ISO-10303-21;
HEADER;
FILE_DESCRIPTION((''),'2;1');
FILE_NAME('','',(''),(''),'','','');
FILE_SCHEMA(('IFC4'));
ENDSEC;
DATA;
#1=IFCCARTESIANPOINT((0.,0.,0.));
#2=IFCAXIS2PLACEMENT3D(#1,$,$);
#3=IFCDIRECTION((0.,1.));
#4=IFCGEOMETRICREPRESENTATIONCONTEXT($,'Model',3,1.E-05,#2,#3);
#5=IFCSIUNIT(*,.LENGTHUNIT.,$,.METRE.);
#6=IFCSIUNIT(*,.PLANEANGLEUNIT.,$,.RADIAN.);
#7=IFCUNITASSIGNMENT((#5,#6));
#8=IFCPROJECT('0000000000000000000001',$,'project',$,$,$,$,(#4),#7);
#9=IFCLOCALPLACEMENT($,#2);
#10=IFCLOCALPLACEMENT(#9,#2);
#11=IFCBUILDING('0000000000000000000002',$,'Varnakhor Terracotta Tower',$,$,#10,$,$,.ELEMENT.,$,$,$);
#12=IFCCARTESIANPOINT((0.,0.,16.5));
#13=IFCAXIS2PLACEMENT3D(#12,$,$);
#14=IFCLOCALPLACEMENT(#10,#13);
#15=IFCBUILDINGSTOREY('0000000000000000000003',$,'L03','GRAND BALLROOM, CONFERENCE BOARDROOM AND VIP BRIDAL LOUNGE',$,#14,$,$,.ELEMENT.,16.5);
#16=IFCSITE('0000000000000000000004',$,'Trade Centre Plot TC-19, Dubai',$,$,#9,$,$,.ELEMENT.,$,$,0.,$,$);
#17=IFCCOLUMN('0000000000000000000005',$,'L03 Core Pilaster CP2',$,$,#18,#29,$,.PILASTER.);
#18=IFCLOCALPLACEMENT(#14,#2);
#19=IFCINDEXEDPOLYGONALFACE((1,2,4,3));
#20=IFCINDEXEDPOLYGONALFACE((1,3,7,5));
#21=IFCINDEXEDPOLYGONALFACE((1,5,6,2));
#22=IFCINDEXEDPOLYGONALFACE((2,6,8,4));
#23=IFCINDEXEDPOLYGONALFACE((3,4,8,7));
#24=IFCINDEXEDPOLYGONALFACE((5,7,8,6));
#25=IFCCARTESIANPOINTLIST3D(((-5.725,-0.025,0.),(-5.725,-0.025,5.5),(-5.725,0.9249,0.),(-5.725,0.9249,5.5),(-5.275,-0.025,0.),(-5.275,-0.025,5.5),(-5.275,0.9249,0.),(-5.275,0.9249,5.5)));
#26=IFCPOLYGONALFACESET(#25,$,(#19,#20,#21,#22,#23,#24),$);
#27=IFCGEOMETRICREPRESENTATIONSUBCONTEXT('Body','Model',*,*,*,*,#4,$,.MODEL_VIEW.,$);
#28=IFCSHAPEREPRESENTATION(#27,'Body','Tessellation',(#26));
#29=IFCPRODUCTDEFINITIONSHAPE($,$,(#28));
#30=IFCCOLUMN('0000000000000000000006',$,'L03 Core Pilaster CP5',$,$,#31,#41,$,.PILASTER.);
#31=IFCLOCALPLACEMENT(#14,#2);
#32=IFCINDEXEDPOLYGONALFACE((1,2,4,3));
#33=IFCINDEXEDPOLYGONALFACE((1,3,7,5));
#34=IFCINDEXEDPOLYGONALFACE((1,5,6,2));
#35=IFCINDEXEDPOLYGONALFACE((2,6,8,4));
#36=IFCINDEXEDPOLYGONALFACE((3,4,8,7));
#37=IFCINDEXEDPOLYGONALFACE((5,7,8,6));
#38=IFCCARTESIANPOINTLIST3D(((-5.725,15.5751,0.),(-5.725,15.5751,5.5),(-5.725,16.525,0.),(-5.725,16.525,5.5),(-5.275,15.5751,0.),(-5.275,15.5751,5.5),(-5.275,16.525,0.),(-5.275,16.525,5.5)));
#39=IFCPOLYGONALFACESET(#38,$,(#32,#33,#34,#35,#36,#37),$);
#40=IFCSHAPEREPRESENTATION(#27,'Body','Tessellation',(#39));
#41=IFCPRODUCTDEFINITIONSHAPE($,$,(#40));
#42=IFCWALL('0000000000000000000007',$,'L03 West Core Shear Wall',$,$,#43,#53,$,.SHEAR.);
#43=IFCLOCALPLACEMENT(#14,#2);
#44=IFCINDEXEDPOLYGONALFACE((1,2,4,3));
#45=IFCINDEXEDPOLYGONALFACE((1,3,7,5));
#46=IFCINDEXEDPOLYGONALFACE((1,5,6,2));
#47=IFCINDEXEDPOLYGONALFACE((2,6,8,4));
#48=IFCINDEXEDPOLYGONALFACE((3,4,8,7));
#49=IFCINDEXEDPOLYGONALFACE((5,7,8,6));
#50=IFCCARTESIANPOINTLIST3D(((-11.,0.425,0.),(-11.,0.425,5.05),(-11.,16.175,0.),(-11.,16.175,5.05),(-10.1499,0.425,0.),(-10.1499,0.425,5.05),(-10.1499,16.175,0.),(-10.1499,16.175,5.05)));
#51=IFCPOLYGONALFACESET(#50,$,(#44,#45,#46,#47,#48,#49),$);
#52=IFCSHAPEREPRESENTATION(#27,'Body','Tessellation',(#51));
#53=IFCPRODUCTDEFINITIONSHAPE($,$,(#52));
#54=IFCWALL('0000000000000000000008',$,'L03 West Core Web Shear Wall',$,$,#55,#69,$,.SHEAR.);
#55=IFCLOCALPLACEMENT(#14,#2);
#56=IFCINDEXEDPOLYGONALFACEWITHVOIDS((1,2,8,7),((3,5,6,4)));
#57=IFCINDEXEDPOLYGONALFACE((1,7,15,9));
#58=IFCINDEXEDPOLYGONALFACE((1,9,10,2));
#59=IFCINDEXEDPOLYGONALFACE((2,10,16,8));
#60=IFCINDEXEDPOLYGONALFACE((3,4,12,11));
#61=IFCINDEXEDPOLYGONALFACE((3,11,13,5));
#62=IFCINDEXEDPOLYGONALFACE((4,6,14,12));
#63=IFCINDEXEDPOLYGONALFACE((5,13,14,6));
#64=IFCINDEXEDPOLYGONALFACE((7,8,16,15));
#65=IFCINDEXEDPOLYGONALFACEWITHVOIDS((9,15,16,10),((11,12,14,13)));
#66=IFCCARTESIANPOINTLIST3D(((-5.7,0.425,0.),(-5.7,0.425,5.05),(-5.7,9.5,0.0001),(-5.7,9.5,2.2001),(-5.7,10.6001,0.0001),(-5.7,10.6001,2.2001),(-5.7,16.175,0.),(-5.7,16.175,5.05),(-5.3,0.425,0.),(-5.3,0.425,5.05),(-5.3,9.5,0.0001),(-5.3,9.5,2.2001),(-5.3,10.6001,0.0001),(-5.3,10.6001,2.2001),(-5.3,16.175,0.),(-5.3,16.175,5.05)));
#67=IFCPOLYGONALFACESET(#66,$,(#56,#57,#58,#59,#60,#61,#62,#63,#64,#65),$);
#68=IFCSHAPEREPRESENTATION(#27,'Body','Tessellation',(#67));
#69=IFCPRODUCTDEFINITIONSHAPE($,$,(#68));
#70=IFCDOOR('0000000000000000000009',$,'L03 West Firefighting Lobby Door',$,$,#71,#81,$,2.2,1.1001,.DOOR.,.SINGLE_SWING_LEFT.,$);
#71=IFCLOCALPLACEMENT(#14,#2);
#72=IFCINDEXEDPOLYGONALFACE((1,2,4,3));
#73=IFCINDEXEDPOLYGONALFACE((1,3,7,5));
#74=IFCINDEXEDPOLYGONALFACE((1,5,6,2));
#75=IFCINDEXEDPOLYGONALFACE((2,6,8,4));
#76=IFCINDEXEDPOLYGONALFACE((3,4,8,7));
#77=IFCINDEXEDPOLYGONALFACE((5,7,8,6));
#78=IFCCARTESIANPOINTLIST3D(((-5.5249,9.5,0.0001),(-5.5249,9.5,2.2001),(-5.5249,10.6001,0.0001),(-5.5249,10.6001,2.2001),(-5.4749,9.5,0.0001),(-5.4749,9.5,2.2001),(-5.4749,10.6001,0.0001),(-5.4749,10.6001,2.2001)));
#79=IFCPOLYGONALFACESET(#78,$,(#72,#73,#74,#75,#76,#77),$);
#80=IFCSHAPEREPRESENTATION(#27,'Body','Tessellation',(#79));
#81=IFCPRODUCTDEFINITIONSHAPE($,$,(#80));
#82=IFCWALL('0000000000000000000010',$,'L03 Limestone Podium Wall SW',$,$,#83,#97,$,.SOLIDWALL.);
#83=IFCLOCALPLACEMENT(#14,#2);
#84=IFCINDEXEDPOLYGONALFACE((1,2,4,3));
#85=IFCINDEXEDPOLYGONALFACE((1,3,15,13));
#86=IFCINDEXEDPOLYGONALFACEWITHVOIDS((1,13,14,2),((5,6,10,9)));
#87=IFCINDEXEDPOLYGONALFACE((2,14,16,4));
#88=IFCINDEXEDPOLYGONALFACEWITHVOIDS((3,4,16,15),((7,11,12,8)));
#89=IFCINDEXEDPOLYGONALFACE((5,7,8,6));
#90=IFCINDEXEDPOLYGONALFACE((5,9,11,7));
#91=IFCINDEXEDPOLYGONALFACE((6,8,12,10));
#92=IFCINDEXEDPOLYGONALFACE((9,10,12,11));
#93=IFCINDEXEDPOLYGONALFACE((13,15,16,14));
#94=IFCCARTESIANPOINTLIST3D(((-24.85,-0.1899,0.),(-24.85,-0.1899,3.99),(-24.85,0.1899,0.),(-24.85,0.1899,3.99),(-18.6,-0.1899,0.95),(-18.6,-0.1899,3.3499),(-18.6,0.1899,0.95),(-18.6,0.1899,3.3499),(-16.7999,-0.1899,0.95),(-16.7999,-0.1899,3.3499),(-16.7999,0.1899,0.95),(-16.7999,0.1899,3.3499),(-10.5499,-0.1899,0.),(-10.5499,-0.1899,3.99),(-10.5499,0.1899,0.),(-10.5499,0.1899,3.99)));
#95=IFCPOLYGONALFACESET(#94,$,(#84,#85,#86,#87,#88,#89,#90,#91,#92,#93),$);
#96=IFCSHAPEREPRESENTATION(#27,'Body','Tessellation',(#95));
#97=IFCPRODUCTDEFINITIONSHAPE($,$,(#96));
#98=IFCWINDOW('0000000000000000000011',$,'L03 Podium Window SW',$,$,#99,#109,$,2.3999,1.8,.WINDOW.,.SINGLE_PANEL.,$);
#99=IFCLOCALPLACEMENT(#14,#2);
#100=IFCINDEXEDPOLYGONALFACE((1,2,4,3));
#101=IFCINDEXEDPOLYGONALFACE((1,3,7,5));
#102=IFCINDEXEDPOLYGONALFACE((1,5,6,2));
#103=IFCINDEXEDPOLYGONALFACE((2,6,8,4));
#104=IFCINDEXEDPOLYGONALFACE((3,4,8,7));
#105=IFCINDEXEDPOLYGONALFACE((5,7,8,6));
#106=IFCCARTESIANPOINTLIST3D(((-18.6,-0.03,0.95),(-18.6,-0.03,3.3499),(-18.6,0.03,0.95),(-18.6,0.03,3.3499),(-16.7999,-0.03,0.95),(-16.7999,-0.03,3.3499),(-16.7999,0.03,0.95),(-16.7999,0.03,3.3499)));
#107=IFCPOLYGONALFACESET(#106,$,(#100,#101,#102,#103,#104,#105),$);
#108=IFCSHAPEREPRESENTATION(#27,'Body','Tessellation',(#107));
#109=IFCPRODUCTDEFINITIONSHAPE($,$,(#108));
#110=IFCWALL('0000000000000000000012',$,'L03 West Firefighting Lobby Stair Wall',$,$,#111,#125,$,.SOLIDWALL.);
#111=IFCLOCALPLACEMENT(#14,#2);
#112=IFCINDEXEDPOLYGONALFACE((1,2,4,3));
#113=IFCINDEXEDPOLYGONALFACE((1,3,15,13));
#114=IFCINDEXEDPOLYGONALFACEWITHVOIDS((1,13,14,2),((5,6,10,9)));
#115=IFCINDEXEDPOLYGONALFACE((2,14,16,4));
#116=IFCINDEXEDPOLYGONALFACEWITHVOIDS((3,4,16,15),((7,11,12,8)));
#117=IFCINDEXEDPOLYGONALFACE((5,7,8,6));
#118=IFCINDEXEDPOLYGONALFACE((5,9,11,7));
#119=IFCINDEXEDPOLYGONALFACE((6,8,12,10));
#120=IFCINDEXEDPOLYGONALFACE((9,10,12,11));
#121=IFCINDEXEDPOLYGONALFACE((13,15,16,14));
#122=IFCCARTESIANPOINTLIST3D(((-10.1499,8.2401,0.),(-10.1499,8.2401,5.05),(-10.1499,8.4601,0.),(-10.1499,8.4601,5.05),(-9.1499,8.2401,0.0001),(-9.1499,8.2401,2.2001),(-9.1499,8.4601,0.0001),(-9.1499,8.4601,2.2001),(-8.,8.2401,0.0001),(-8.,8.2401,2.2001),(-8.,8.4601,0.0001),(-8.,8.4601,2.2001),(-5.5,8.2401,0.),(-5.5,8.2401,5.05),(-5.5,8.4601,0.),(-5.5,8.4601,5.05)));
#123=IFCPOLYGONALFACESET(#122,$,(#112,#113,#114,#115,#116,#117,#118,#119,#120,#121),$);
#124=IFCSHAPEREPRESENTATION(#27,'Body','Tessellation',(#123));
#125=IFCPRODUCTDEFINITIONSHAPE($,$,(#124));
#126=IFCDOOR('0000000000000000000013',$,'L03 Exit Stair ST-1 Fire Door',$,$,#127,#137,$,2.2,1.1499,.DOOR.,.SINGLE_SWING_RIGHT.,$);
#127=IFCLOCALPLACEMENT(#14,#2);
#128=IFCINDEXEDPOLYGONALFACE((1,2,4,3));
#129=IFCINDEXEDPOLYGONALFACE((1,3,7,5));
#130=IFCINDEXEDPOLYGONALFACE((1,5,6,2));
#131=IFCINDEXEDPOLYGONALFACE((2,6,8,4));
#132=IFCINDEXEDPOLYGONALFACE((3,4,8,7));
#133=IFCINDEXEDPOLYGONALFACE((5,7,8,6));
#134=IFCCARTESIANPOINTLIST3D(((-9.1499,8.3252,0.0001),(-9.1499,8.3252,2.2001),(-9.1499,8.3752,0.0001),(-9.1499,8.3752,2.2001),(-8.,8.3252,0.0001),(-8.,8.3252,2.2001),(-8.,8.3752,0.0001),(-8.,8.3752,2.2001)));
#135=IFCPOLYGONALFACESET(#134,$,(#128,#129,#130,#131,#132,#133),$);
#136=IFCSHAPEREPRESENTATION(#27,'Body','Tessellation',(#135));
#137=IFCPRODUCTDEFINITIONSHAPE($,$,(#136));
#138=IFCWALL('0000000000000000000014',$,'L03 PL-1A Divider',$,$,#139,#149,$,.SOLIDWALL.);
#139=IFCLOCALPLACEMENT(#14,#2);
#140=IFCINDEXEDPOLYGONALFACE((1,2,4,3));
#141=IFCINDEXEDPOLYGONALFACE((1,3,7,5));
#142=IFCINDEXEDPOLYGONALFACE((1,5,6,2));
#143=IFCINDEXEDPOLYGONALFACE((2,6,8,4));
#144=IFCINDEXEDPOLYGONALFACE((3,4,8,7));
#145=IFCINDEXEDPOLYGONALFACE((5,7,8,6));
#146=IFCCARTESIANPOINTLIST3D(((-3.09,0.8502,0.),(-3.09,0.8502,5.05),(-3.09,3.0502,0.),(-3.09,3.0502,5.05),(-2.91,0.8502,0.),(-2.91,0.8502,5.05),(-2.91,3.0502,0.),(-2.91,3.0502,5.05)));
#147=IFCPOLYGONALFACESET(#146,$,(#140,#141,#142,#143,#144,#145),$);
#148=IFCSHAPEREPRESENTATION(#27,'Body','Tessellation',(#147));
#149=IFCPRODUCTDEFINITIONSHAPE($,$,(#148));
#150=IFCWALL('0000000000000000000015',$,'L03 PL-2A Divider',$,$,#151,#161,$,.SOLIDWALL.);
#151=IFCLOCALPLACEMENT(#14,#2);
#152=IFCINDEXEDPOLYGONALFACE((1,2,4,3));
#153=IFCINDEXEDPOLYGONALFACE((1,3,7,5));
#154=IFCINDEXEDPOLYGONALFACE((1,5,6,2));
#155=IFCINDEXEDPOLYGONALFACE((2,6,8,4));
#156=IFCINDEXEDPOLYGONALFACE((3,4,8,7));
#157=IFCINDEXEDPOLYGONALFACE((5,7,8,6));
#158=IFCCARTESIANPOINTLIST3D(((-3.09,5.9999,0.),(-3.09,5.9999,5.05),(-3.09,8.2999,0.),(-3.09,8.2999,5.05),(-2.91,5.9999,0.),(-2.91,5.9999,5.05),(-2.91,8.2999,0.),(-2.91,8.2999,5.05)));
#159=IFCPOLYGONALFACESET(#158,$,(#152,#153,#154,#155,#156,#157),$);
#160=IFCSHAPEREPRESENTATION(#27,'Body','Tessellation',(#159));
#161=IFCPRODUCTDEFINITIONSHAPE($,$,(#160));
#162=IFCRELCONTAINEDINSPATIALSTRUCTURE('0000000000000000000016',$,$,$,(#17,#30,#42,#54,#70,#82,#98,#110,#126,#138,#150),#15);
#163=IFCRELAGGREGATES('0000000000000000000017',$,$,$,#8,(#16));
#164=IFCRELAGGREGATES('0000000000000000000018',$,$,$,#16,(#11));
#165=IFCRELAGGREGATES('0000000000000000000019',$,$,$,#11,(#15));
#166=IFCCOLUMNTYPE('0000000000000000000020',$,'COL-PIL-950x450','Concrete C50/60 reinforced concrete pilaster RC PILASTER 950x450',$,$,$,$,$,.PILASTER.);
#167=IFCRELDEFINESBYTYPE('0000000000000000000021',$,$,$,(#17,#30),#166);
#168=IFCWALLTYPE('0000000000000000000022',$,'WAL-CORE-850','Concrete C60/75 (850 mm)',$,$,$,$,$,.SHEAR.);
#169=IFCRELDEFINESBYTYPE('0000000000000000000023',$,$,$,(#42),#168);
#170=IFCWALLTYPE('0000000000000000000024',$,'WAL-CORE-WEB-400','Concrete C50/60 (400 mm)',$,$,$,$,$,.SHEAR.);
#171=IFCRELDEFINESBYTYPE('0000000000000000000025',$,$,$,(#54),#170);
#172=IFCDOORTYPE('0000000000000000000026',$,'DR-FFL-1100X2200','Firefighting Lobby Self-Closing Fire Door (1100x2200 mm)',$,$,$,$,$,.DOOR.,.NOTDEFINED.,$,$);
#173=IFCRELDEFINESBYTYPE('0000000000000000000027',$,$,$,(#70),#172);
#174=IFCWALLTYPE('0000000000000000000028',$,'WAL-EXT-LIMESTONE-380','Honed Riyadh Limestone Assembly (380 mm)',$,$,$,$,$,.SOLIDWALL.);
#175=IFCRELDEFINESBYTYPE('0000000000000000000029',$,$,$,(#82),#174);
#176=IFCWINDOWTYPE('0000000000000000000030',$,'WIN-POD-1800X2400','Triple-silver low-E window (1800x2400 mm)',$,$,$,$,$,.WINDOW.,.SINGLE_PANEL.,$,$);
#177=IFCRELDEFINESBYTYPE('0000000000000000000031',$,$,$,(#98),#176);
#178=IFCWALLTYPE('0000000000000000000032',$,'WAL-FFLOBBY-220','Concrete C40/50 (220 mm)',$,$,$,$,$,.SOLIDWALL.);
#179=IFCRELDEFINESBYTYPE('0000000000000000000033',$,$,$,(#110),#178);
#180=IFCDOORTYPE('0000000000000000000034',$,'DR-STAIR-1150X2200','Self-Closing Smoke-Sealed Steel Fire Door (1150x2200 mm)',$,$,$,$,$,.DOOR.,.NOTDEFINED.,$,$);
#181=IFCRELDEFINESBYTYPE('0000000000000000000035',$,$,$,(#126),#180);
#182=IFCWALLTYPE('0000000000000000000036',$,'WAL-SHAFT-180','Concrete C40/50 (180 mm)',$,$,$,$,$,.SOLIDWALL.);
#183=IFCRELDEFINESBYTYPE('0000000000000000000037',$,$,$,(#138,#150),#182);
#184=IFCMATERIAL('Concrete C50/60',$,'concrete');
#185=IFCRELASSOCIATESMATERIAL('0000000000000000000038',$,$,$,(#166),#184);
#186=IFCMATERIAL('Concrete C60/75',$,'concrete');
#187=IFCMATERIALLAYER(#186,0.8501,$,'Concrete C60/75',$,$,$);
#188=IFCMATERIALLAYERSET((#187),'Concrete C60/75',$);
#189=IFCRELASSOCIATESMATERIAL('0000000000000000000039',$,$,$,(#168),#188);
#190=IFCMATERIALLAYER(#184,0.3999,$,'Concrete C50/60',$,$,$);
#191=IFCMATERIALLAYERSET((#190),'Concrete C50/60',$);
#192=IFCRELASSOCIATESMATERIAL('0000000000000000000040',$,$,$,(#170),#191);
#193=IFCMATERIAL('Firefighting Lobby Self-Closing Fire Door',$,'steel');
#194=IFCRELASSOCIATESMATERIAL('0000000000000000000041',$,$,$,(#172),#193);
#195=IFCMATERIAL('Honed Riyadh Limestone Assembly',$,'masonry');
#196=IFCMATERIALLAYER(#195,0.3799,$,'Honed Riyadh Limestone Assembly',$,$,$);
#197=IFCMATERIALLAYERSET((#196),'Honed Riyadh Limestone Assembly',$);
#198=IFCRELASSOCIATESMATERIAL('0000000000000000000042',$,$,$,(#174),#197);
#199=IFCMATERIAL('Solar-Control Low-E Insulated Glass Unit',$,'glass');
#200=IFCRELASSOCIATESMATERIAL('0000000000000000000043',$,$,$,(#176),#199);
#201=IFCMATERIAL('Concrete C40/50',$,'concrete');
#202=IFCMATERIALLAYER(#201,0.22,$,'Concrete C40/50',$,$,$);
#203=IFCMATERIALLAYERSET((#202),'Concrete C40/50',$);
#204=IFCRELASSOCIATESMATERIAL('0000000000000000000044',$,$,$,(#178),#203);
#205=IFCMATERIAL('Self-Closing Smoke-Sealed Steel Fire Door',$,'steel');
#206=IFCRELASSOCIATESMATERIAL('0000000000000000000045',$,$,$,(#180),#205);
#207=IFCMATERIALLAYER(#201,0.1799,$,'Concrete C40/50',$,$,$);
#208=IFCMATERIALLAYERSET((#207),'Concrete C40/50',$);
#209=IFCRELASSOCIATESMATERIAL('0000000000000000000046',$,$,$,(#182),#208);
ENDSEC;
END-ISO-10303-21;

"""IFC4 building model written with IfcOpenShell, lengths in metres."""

from ifc_helpers import new_model, si_unit, direction, frame, frame_2d, origin, origin_2d, place, context, subcontext, project, spatial, rectangle, extrude, source, transform, mapped, material, layer, layer_set, material_profile, profile_set, type_object, type_shapes, element, fill, save


model = new_model("IFC4")

# Units and contexts
model_context = context("Model", 3, precision=1e-05, world=origin(), true_north=direction((0.0, 1.0)))
body_context = subcontext(model_context, "Body", "Model", "MODEL_VIEW")
ifc_project = project(units=[si_unit("LENGTHUNIT", "METRE"), si_unit("PLANEANGLEUNIT", "RADIAN")], contexts=[model_context])

# Site, building, storey
site_placement = place(None, origin())
site = spatial("IfcSite", under=ifc_project, at=site_placement, Name="Trade Centre Plot TC-19, Dubai", CompositionType="ELEMENT", RefElevation=0.0)
building_placement = place(site_placement, origin())
building = spatial("IfcBuilding", under=site, at=building_placement, Name="Varnakhor Terracotta Tower", CompositionType="ELEMENT")
storey_placement = place(building_placement, frame((0.0, 0.0, 16.5)))
storey = spatial("IfcBuildingStorey", under=building, at=storey_placement, Name="L03", Description="GRAND BALLROOM, CONFERENCE BOARDROOM AND VIP BRIDAL LOUNGE", CompositionType="ELEMENT", Elevation=16.5)

# Columns
ifc_material_1 = material(Name="Concrete C50/60", Category="concrete")
ifc_material_profile = material_profile(ifc_material_1, rectangle(XDim=0.45, YDim=0.95, at=origin_2d()), Name="RC PILASTER 950x450")
ifc_profile_set = profile_set([ifc_material_profile], Name="Concrete C50/60")
column_type = type_object("IfcColumnType", Name="COL-PIL-950x450", Description="Concrete C50/60 reinforced concrete pilaster RC PILASTER 950x450", PredefinedType="PILASTER", material=ifc_profile_set)
shared_shape_1 = source(origin(), body_context, "Body", "SweptSolid", [
    extrude(rectangle(XDim=0.45, YDim=0.95, at=origin_2d()), origin(), (0.0, 0.0, 1.0), 5.5),
])
for number, where, z_axis, x_axis, name in (
    (1, (-5.5, 0.45, 0.0), (0.0, 0.0, 1.0), (1.0, 0.0, 0.0), "L03 Core Pilaster CP2"),
    (2, (-5.5, 16.05, 0.0), (0.0, 0.0, 1.0), (1.0, 0.0, 0.0), "L03 Core Pilaster CP5"),
):
    element("IfcColumn", number, at=place(storey_placement, frame(where, z_axis=z_axis, x_axis=x_axis)), inside=storey, type_object=column_type, Name=name, PredefinedType="PILASTER", context=body_context, shape_type="MappedRepresentation", body=[
        mapped(shared_shape_1, transform((0.0, 0.0, 0.0), scale=1.0)),
    ])

# Wall
ifc_material_2 = material(Name="Concrete C60/75", Category="concrete")
ifc_layer_1 = layer(ifc_material_2, 0.8501, Name="Concrete C60/75")
ifc_layer_set_1 = layer_set([ifc_layer_1], Name="Concrete C60/75")
wall_type_1 = type_object("IfcWallType", Name="WAL-CORE-850", Description="Concrete C60/75 (850 mm)", PredefinedType="SHEAR", material=ifc_layer_set_1)
wall_1_placement = place(storey_placement, frame((-10.575, 0.425, 0.0), z_axis=(0.0, 0.0, 1.0), x_axis=(0.0, 1.0, 0.0)))
element("IfcWall", 3, at=wall_1_placement, inside=storey, type_object=wall_type_1, Name="L03 West Core Shear Wall", PredefinedType="SHEAR", context=body_context, shape_type="SweptSolid", body=[
    extrude(rectangle(XDim=15.75, YDim=0.8501, at=frame_2d((7.875, 0.0))), origin(), (0.0, 0.0, 1.0), 5.05),
])

# Wall, opening, door
ifc_layer_2 = layer(ifc_material_1, 0.3999, Name="Concrete C50/60")
ifc_layer_set_2 = layer_set([ifc_layer_2], Name="Concrete C50/60")
wall_type_2 = type_object("IfcWallType", Name="WAL-CORE-WEB-400", Description="Concrete C50/60 (400 mm)", PredefinedType="SHEAR", material=ifc_layer_set_2)
wall_2_placement = place(storey_placement, frame((-5.5, 0.425, 0.0), z_axis=(0.0, 0.0, 1.0), x_axis=(0.0, 1.0, 0.0)))
wall_2 = element("IfcWall", 4, at=wall_2_placement, inside=storey, type_object=wall_type_2, Name="L03 West Core Web Shear Wall", PredefinedType="SHEAR", context=body_context, shape_type="SweptSolid", body=[
    extrude(rectangle(XDim=15.75, YDim=0.3999, at=frame_2d((7.875, 0.0))), origin(), (0.0, 0.0, 1.0), 5.05),
])
opening_1_placement = place(wall_2_placement, frame((9.075, 0.0, 0.0)))
opening_1 = element("IfcOpeningElement", 5, at=opening_1_placement, cuts=wall_2, PredefinedType="OPENING", context=body_context, shape_type="SweptSolid", body=[
    extrude(rectangle(XDim=1.1001, YDim=2.2, at=frame_2d((0.55, 1.1001))), frame((0.0, 0.21, 0.0), z_axis=(0.0, -1.0, 0.0), x_axis=(1.0, 0.0, 0.0)), (0.0, 0.0, 1.0), 0.4199),
])
ifc_material_3 = material(Name="Firefighting Lobby Self-Closing Fire Door", Category="steel")
door_type_1 = type_object("IfcDoorType", Name="DR-FFL-1100X2200", Description="Firefighting Lobby Self-Closing Fire Door (1100x2200 mm)", OperationType="NOTDEFINED", PredefinedType="DOOR", material=ifc_material_3)
shared_shape_2 = source(origin(), body_context, "Body", "SweptSolid", [
    extrude(rectangle(XDim=1.1001, YDim=2.2, at=frame_2d((0.55, 1.1001))), frame((0.0, 0.0249, 0.0), z_axis=(0.0, -1.0, 0.0), x_axis=(1.0, 0.0, 0.0)), (0.0, 0.0, 1.0), 0.05),
])
type_shapes(door_type_1, [shared_shape_2])
door_1_placement = place(opening_1_placement, origin())
door_1 = element("IfcDoor", 6, at=door_1_placement, inside=storey, type_object=door_type_1, Name="L03 West Firefighting Lobby Door", OperationType="SINGLE_SWING_LEFT", OverallHeight=2.2, OverallWidth=1.1001, PredefinedType="DOOR", context=body_context, shape_type="MappedRepresentation", body=[
    mapped(shared_shape_2, transform((0.0, 0.0, 0.0), scale=1.0)),
])
fill(opening_1, door_1)

# Wall, opening, window
ifc_material_4 = material(Name="Honed Riyadh Limestone Assembly", Category="masonry")
ifc_layer_3 = layer(ifc_material_4, 0.3799, Name="Honed Riyadh Limestone Assembly")
ifc_layer_set_3 = layer_set([ifc_layer_3], Name="Honed Riyadh Limestone Assembly")
wall_type_3 = type_object("IfcWallType", Name="WAL-EXT-LIMESTONE-380", Description="Honed Riyadh Limestone Assembly (380 mm)", PredefinedType="SOLIDWALL", material=ifc_layer_set_3)
wall_3_placement = place(storey_placement, frame((-10.55, 0.0, 0.0), z_axis=(0.0, 0.0, 1.0), x_axis=(-1.0, 0.0, 0.0)))
wall_3 = element("IfcWall", 7, at=wall_3_placement, inside=storey, type_object=wall_type_3, Name="L03 Limestone Podium Wall SW", PredefinedType="SOLIDWALL", context=body_context, shape_type="SweptSolid", body=[
    extrude(rectangle(XDim=14.3, YDim=0.3799, at=frame_2d((7.1499, 0.0))), origin(), (0.0, 0.0, 1.0), 3.99),
])
opening_2_placement = place(wall_3_placement, frame((6.25, 0.0, 0.95)))
opening_2 = element("IfcOpeningElement", 8, at=opening_2_placement, cuts=wall_3, PredefinedType="OPENING", context=body_context, shape_type="SweptSolid", body=[
    extrude(rectangle(XDim=1.8, YDim=2.3999, at=frame_2d((0.8999, 1.2))), frame((0.0, 0.2, 0.0), z_axis=(0.0, -1.0, 0.0), x_axis=(1.0, 0.0, 0.0)), (0.0, 0.0, 1.0), 0.3999),
])
ifc_material_5 = material(Name="Solar-Control Low-E Insulated Glass Unit", Category="glass")
window_type = type_object("IfcWindowType", Name="WIN-POD-1800X2400", Description="Triple-silver low-E window (1800x2400 mm)", PartitioningType="SINGLE_PANEL", PredefinedType="WINDOW", material=ifc_material_5)
shared_shape_3 = source(origin(), body_context, "Body", "SweptSolid", [
    extrude(rectangle(XDim=1.8, YDim=2.3999, at=frame_2d((0.8999, 1.2))), frame((0.0, 0.03, 0.0), z_axis=(0.0, -1.0, 0.0), x_axis=(1.0, 0.0, 0.0)), (0.0, 0.0, 1.0), 0.0601),
])
type_shapes(window_type, [shared_shape_3])
window_placement = place(opening_2_placement, origin())
window = element("IfcWindow", 9, at=window_placement, inside=storey, type_object=window_type, Name="L03 Podium Window SW", OverallHeight=2.3999, OverallWidth=1.8, PartitioningType="SINGLE_PANEL", PredefinedType="WINDOW", context=body_context, shape_type="MappedRepresentation", body=[
    mapped(shared_shape_3, transform((0.0, 0.0, 0.0), scale=1.0)),
])
fill(opening_2, window)

# Wall, opening, door
ifc_material_6 = material(Name="Concrete C40/50", Category="concrete")
ifc_layer_4 = layer(ifc_material_6, 0.22, Name="Concrete C40/50")
ifc_layer_set_4 = layer_set([ifc_layer_4], Name="Concrete C40/50")
wall_type_4 = type_object("IfcWallType", Name="WAL-FFLOBBY-220", Description="Concrete C40/50 (220 mm)", PredefinedType="SOLIDWALL", material=ifc_layer_set_4)
wall_4_placement = place(storey_placement, frame((-5.5, 8.3501, 0.0), z_axis=(0.0, 0.0, 1.0), x_axis=(-1.0, 0.0, 0.0)))
wall_4 = element("IfcWall", 10, at=wall_4_placement, inside=storey, type_object=wall_type_4, Name="L03 West Firefighting Lobby Stair Wall", PredefinedType="SOLIDWALL", context=body_context, shape_type="SweptSolid", body=[
    extrude(rectangle(XDim=4.6499, YDim=0.22, at=frame_2d((2.325, 0.0))), origin(), (0.0, 0.0, 1.0), 5.05),
])
opening_3_placement = place(wall_4_placement, frame((2.5, 0.0, 0.0)))
opening_3 = element("IfcOpeningElement", 11, at=opening_3_placement, cuts=wall_4, PredefinedType="OPENING", context=body_context, shape_type="SweptSolid", body=[
    extrude(rectangle(XDim=1.1499, YDim=2.2, at=frame_2d((0.575, 1.1001))), frame((0.0, 0.1201, 0.0), z_axis=(0.0, -1.0, 0.0), x_axis=(1.0, 0.0, 0.0)), (0.0, 0.0, 1.0), 0.24),
])
ifc_material_7 = material(Name="Self-Closing Smoke-Sealed Steel Fire Door", Category="steel")
door_type_2 = type_object("IfcDoorType", Name="DR-STAIR-1150X2200", Description="Self-Closing Smoke-Sealed Steel Fire Door (1150x2200 mm)", OperationType="NOTDEFINED", PredefinedType="DOOR", material=ifc_material_7)
shared_shape_4 = source(origin(), body_context, "Body", "SweptSolid", [
    extrude(rectangle(XDim=1.1499, YDim=2.2, at=frame_2d((0.575, 1.1001))), frame((0.0, 0.0249, 0.0), z_axis=(0.0, -1.0, 0.0), x_axis=(1.0, 0.0, 0.0)), (0.0, 0.0, 1.0), 0.05),
])
type_shapes(door_type_2, [shared_shape_4])
door_2_placement = place(opening_3_placement, origin())
door_2 = element("IfcDoor", 12, at=door_2_placement, inside=storey, type_object=door_type_2, Name="L03 Exit Stair ST-1 Fire Door", OperationType="SINGLE_SWING_RIGHT", OverallHeight=2.2, OverallWidth=1.1499, PredefinedType="DOOR", context=body_context, shape_type="MappedRepresentation", body=[
    mapped(shared_shape_4, transform((0.0, 0.0, 0.0), scale=1.0)),
])
fill(opening_3, door_2)

# Walls
ifc_layer_5 = layer(ifc_material_6, 0.1799, Name="Concrete C40/50")
ifc_layer_set_5 = layer_set([ifc_layer_5], Name="Concrete C40/50")
wall_type_5 = type_object("IfcWallType", Name="WAL-SHAFT-180", Description="Concrete C40/50 (180 mm)", PredefinedType="SOLIDWALL", material=ifc_layer_set_5)
wall_5_placement = place(storey_placement, frame((-3.0, 0.8501, 0.0), z_axis=(0.0, 0.0, 1.0), x_axis=(0.0, 1.0, 0.0)))
element("IfcWall", 13, at=wall_5_placement, inside=storey, type_object=wall_type_5, Name="L03 PL-1A Divider", PredefinedType="SOLIDWALL", context=body_context, shape_type="SweptSolid", body=[
    extrude(rectangle(XDim=2.2, YDim=0.1799, at=frame_2d((1.1001, 0.0))), origin(), (0.0, 0.0, 1.0), 5.05),
])
for number, where, z_axis, x_axis, name in (
    (14, (-3.0, 6.0, 0.0), (0.0, 0.0, 1.0), (0.0, 1.0, 0.0), "L03 PL-2A Divider"),
):
    element("IfcWall", number, at=place(storey_placement, frame(where, z_axis=z_axis, x_axis=x_axis)), inside=storey, type_object=wall_type_5, Name=name, PredefinedType="SOLIDWALL", context=body_context, shape_type="SweptSolid", body=[
        extrude(rectangle(XDim=2.3, YDim=0.1799, at=frame_2d((1.1499, 0.0))), origin(), (0.0, 0.0, 1.0), 5.05),
    ])

save(model, "model.ifc")
